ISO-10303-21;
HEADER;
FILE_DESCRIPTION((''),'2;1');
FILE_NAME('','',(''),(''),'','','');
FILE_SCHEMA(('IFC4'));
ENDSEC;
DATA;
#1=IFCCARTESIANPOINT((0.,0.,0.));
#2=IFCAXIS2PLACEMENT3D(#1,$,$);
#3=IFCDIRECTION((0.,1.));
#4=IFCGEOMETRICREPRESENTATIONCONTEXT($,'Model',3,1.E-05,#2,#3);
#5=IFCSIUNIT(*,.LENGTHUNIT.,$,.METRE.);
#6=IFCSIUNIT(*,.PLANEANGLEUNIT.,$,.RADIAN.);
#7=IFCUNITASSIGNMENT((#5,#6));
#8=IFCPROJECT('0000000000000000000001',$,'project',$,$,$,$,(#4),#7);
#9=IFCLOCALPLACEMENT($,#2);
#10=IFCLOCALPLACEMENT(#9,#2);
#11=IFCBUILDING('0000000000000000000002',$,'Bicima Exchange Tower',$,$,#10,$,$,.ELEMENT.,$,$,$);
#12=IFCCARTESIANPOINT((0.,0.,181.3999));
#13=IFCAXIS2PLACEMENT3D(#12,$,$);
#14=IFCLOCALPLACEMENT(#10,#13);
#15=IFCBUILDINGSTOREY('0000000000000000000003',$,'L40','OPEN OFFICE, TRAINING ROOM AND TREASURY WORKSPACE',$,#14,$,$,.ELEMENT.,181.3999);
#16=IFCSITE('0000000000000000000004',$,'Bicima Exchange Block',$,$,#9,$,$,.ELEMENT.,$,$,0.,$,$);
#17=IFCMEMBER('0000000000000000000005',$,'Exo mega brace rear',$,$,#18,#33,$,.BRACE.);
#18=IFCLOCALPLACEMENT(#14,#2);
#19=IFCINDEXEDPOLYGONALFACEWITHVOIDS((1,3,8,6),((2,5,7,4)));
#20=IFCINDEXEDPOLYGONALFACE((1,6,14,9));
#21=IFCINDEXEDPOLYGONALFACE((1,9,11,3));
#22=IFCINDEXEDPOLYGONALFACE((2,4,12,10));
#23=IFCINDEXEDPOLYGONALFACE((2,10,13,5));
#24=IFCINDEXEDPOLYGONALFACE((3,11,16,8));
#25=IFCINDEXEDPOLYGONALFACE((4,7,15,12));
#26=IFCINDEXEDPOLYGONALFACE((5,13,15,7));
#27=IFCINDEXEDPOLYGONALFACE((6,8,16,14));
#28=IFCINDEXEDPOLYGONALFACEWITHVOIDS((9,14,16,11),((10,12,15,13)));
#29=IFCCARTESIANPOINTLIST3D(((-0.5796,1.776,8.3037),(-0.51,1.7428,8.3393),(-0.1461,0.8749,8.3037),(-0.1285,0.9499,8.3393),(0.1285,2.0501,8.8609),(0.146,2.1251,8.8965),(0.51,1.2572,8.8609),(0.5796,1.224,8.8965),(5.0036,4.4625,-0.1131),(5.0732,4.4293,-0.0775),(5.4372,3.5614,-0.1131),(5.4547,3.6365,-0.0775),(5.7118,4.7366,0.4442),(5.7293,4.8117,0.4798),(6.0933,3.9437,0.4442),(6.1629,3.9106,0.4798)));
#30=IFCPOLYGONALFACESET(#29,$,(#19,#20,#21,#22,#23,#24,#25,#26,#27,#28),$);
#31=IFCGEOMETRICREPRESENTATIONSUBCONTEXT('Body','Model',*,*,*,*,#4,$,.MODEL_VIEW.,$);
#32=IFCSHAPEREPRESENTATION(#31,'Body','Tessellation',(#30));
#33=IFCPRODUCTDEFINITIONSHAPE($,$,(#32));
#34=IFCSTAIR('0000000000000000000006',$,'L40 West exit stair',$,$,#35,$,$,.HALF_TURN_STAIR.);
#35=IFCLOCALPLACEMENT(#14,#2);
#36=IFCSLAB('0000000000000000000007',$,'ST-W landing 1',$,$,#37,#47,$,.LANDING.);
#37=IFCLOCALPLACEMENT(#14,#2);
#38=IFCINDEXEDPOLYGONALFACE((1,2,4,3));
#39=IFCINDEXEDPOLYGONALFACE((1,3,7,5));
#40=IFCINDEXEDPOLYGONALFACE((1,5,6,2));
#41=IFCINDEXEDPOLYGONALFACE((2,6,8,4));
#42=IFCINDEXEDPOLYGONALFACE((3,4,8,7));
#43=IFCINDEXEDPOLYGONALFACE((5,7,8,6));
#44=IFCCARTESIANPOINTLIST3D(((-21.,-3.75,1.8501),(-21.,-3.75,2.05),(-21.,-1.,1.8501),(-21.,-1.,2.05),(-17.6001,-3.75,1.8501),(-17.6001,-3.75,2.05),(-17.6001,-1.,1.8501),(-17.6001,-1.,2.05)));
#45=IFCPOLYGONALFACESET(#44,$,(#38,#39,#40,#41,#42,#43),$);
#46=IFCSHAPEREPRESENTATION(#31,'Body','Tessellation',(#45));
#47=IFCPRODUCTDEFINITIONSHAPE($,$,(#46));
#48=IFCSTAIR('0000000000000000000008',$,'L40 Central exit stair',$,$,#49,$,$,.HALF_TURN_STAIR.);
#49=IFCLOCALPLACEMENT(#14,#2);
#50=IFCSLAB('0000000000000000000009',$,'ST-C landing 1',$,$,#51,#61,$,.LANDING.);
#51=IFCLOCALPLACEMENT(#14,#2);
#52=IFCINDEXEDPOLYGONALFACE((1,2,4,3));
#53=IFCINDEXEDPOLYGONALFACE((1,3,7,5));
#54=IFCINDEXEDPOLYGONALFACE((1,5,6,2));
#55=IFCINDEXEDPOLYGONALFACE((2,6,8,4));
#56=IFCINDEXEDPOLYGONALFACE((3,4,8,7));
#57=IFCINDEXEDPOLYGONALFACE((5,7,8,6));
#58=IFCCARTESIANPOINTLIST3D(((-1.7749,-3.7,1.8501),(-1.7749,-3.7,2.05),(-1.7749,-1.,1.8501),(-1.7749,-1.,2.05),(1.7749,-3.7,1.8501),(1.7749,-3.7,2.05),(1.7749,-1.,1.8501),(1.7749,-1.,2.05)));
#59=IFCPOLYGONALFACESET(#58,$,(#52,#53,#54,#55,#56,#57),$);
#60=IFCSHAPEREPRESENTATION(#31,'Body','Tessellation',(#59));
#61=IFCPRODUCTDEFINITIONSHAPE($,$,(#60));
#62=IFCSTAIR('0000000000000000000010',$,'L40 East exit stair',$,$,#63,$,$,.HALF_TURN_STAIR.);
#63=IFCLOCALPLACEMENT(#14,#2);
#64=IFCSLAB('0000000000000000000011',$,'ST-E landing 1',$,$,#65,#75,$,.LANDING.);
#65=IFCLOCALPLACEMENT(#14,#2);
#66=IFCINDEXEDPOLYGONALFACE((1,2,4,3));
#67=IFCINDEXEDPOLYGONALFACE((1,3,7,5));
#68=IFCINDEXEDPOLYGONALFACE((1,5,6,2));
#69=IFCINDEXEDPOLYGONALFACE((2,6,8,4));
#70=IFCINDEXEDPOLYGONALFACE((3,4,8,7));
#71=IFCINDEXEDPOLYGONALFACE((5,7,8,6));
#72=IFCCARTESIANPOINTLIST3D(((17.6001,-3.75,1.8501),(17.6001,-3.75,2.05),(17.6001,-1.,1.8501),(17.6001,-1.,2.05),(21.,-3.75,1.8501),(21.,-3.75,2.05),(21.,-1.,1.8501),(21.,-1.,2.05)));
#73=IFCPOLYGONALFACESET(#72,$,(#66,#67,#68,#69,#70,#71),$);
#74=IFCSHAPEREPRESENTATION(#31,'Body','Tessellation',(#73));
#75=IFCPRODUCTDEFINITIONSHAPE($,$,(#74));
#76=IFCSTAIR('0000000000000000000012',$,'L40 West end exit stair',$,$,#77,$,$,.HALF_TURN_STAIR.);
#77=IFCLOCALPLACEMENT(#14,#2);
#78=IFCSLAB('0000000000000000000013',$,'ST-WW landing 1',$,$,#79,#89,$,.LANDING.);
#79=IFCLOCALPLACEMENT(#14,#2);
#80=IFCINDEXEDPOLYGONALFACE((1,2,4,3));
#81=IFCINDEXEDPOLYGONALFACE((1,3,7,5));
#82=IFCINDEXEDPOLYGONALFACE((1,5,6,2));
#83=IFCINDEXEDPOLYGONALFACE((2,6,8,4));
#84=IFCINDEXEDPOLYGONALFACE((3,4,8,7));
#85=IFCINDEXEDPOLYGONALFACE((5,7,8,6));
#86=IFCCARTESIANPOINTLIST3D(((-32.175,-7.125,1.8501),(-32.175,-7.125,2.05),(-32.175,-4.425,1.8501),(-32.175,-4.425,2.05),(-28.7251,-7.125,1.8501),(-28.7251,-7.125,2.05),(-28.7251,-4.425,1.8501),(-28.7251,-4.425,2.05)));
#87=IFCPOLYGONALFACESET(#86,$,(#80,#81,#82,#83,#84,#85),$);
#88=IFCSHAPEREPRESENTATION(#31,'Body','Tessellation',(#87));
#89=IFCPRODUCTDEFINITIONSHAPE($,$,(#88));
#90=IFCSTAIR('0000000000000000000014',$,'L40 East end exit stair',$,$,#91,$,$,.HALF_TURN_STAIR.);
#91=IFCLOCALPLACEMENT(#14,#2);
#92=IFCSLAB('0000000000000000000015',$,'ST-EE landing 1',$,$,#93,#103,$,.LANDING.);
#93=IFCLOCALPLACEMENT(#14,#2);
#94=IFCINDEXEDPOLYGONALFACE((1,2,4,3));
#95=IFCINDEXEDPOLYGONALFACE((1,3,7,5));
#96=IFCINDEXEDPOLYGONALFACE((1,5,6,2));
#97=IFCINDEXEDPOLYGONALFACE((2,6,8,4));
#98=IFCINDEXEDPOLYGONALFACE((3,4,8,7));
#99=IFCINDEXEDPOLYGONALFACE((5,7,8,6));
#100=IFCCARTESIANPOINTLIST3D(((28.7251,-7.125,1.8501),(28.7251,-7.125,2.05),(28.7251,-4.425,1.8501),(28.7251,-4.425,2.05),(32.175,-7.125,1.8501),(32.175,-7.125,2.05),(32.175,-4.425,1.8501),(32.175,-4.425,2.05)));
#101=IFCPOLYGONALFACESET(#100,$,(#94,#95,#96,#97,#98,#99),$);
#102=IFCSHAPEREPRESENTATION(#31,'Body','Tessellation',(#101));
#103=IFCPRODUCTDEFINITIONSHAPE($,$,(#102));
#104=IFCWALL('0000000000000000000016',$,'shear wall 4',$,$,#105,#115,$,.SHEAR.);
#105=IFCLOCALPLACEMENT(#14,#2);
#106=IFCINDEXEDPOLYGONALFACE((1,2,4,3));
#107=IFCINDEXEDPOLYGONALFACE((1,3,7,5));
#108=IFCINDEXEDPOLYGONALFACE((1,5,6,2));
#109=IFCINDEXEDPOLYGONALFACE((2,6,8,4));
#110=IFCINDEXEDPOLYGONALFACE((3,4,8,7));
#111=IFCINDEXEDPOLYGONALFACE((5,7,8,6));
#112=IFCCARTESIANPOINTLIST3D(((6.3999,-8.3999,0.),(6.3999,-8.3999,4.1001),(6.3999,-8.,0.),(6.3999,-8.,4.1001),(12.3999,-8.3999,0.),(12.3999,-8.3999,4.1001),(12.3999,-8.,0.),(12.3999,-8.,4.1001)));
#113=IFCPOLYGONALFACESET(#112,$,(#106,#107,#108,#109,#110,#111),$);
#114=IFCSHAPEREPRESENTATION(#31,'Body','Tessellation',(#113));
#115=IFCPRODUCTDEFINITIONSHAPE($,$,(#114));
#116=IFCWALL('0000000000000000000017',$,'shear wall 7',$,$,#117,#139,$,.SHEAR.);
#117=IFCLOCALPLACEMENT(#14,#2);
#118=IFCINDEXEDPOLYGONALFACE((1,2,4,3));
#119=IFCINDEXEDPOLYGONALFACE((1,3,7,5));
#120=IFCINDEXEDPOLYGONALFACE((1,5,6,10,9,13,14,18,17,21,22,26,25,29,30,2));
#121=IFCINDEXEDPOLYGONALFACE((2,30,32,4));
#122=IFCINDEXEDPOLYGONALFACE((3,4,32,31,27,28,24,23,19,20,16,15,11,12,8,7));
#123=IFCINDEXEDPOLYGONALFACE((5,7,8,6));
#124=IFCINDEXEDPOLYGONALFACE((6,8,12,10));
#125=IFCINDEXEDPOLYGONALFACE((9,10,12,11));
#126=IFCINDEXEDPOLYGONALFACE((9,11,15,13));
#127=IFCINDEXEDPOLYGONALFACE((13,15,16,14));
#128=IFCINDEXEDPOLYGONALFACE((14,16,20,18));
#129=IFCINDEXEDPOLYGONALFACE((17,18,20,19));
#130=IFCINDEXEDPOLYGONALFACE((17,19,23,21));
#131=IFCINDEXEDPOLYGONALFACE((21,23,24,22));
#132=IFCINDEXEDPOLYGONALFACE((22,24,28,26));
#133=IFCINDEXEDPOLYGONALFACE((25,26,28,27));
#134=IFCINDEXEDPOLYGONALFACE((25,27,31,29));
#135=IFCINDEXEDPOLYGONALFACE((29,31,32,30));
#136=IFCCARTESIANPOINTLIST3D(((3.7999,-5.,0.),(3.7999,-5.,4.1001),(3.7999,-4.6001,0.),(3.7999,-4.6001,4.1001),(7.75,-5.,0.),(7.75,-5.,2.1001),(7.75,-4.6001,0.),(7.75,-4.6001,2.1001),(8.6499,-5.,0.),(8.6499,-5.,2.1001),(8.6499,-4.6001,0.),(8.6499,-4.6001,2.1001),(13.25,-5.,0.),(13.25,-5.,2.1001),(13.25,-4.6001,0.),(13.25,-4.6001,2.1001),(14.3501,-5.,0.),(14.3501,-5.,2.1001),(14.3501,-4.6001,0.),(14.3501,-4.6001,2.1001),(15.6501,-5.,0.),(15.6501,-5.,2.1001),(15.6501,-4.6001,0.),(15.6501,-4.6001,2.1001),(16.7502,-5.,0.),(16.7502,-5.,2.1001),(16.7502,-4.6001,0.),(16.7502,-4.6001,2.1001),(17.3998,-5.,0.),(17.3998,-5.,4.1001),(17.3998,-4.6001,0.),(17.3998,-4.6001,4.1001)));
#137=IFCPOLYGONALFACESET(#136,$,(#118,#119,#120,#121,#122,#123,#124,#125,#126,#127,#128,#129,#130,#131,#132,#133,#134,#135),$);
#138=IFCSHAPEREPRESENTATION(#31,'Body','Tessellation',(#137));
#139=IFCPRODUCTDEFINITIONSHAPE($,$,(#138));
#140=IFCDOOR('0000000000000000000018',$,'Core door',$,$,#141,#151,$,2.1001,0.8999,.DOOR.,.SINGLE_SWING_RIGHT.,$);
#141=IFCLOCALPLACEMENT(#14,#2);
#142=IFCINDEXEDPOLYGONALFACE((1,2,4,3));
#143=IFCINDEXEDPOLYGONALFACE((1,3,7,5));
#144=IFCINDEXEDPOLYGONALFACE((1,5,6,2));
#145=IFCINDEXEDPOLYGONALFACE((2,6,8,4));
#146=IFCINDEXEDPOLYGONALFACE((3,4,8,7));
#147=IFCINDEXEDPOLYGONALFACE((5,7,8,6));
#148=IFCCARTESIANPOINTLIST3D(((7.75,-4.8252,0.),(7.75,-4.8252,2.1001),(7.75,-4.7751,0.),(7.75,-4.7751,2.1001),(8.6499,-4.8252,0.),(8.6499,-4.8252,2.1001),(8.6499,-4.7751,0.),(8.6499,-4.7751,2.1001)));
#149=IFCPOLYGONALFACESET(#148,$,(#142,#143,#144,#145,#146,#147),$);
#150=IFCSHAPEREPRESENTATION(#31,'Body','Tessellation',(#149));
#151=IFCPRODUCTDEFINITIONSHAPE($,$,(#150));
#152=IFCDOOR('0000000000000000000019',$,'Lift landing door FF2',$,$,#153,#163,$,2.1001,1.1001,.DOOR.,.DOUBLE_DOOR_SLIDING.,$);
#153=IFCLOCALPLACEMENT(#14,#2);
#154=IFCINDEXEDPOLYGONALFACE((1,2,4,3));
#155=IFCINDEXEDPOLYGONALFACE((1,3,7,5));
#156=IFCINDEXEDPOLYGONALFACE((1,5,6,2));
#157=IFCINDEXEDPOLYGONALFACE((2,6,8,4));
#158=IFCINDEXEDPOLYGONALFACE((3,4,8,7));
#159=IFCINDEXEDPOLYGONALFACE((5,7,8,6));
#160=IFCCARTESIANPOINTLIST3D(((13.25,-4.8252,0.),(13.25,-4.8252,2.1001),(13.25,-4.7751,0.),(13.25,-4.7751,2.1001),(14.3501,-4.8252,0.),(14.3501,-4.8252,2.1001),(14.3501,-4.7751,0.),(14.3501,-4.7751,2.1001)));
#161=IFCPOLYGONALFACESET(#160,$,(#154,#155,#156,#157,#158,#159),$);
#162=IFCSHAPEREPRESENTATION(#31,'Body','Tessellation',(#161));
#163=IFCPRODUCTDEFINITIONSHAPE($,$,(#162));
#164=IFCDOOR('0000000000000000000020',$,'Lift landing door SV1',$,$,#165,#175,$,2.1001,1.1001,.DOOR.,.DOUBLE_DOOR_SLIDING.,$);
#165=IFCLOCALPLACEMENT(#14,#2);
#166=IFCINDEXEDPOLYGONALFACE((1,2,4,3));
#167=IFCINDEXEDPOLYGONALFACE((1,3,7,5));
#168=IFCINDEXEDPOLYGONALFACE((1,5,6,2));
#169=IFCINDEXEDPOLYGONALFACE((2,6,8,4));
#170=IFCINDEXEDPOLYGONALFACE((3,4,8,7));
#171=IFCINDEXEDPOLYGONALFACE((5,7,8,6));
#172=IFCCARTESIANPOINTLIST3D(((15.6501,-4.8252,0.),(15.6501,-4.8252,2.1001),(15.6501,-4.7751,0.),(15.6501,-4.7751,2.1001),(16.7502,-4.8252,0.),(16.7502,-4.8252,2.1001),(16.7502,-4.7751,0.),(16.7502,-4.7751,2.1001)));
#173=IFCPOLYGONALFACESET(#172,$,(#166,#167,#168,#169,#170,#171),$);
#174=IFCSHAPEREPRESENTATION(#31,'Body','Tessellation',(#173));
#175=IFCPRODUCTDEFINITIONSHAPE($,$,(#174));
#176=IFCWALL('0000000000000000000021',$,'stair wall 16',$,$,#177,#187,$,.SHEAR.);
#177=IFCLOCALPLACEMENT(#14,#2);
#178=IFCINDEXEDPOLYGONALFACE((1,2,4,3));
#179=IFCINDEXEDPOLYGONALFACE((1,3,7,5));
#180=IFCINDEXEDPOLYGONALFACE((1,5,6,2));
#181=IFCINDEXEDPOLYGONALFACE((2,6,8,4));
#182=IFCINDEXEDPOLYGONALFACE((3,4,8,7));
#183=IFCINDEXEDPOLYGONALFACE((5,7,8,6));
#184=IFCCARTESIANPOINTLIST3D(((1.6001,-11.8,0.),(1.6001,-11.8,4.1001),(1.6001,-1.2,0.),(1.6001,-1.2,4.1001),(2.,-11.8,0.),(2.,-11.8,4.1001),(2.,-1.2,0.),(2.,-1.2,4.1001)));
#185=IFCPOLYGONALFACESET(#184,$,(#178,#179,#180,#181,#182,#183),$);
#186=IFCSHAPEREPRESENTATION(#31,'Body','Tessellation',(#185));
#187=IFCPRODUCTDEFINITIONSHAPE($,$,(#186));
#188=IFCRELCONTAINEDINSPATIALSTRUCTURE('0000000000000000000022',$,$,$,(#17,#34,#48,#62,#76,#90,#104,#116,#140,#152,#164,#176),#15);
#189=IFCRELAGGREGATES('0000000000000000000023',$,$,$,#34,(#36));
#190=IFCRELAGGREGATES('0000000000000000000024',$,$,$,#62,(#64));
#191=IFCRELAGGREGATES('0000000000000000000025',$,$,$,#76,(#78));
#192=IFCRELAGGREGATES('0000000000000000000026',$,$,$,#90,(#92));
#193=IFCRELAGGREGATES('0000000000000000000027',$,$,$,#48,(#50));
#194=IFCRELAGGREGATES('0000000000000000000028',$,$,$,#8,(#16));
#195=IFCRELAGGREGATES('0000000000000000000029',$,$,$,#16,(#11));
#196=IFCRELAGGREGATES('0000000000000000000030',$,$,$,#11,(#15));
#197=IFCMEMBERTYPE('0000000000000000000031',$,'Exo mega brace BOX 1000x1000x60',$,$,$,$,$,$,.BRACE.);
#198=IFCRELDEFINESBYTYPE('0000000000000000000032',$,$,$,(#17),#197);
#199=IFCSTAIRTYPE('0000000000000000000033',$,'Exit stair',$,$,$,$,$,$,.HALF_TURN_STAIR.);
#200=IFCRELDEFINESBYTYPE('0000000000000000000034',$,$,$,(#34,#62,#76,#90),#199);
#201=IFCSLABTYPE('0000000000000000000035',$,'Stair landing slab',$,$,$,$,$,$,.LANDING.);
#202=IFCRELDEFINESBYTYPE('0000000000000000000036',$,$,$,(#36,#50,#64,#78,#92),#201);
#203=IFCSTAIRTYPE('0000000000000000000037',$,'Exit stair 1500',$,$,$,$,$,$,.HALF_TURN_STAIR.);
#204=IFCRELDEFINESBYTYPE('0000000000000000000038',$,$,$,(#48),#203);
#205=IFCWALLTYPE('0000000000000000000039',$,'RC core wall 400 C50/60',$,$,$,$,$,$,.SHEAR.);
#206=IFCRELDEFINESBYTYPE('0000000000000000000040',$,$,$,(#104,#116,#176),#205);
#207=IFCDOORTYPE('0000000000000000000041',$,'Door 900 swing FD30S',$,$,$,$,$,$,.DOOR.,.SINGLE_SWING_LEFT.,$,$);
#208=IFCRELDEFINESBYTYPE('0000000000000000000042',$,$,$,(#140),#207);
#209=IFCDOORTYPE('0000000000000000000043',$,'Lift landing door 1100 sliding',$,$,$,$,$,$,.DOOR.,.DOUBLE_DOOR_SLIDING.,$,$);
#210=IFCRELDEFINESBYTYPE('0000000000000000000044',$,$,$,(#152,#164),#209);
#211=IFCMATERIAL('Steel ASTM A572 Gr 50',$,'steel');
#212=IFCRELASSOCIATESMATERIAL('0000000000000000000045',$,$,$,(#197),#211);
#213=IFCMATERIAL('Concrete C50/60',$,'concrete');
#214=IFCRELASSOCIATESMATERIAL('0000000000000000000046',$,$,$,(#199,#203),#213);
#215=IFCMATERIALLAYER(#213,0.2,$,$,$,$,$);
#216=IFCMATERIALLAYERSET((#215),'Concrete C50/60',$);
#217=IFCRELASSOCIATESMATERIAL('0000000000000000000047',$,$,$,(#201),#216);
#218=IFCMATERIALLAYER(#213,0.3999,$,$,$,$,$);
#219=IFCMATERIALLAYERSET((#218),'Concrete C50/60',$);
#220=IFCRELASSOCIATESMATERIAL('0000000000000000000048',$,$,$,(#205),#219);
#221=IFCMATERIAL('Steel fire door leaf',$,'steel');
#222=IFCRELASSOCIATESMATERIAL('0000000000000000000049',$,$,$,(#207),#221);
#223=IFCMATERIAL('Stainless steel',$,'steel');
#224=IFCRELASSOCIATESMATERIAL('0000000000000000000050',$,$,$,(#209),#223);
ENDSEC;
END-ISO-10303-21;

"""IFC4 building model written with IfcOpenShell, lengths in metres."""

from ifc_helpers import new_model, si_unit, direction, frame, frame_2d, origin, origin_2d, place, context, subcontext, project, spatial, polyline, rectangle, hollow_rectangle, outline, extrude, material, layer, layer_set, material_profile, profile_set, type_object, element, fill, aggregate, save


model = new_model("IFC4")

# Units and contexts
model_context = context("Model", 3, precision=1e-05, world=origin(), true_north=direction((0.0, 1.0)))
body_context = subcontext(model_context, "Body", "Model", "MODEL_VIEW")
ifc_project = project(units=[si_unit("LENGTHUNIT", "METRE"), si_unit("PLANEANGLEUNIT", "RADIAN")], contexts=[model_context])

# Site, building, storey
site_placement = place(None, origin())
site = spatial("IfcSite", under=ifc_project, at=site_placement, Name="Bicima Exchange Block", CompositionType="ELEMENT", RefElevation=0.0)
building_placement = place(site_placement, origin())
building = spatial("IfcBuilding", under=site, at=building_placement, Name="Bicima Exchange Tower", CompositionType="ELEMENT")
storey_placement = place(building_placement, frame((0.0, 0.0, 181.3999)))
storey = spatial("IfcBuildingStorey", under=building, at=storey_placement, Name="L40", Description="OPEN OFFICE, TRAINING ROOM AND TREASURY WORKSPACE", CompositionType="ELEMENT", Elevation=181.3999)

# Member
ifc_material_1 = material(Name="Steel ASTM A572 Gr 50", Category="steel")
ifc_material_profile = material_profile(ifc_material_1, hollow_rectangle(XDim=1.0, YDim=1.0, WallThickness=0.0601, at=origin_2d()))
ifc_profile_set = profile_set([ifc_material_profile], Name="Steel ASTM A572 Gr 50")
member_type = type_object("IfcMemberType", Name="Exo mega brace BOX 1000x1000x60", PredefinedType="BRACE", material=ifc_profile_set)
member_placement = place(storey_placement, frame((5.5833, 4.1865, 0.1833), z_axis=(-0.534211, -0.257049, 0.805323), x_axis=(0.433592, -0.901109, 0.0)))
element("IfcMember", 1, at=member_placement, inside=storey, type_object=member_type, Name="Exo mega brace rear", PredefinedType="BRACE", context=body_context, shape_type="SweptSolid", body=[
    extrude(hollow_rectangle(XDim=1.0, YDim=1.0, WallThickness=0.0601, at=origin_2d()), origin(), (0.0, 0.0, 1.0), 10.4514),
])

# Stairs, slabs
ifc_material_2 = material(Name="Concrete C50/60", Category="concrete")
stair_type_1 = type_object("IfcStairType", Name="Exit stair", PredefinedType="HALF_TURN_STAIR", material=ifc_material_2)
stair_1_placement = place(storey_placement, origin())
stair_1 = element("IfcStair", 2, at=stair_1_placement, inside=storey, type_object=stair_type_1, Name="L40 West exit stair", PredefinedType="HALF_TURN_STAIR")
ifc_layer_1 = layer(ifc_material_2, 0.2)
ifc_layer_set_1 = layer_set([ifc_layer_1], Name="Concrete C50/60")
slab_type = type_object("IfcSlabType", Name="Stair landing slab", PredefinedType="LANDING", material=ifc_layer_set_1)
slab_1_placement = place(storey_placement, frame((0.0, 0.0, 1.8501)))
slab_1 = element("IfcSlab", 3, at=slab_1_placement, type_object=slab_type, Name="ST-W landing 1", PredefinedType="LANDING", context=body_context, shape_type="SweptSolid", body=[
    extrude(outline(polyline([(-17.6001, -3.75), (-17.6001, -1.0), (-21.0, -1.0), (-21.0, -3.75), (-17.6001, -3.75)])), origin(), (0.0, 0.0, 1.0), 0.2),
])
aggregate(stair_1, [slab_1])
stair_type_2 = type_object("IfcStairType", Name="Exit stair 1500", PredefinedType="HALF_TURN_STAIR", material=ifc_material_2)
stair_2_placement = place(storey_placement, origin())
stair_2 = element("IfcStair", 4, at=stair_2_placement, inside=storey, type_object=stair_type_2, Name="L40 Central exit stair", PredefinedType="HALF_TURN_STAIR")
slab_2_placement = place(storey_placement, frame((0.0, 0.0, 1.8501)))
slab_2 = element("IfcSlab", 5, at=slab_2_placement, type_object=slab_type, Name="ST-C landing 1", PredefinedType="LANDING", context=body_context, shape_type="SweptSolid", body=[
    extrude(outline(polyline([(1.7749, -3.7), (1.7749, -1.0), (-1.7749, -1.0), (-1.7749, -3.7), (1.7749, -3.7)])), origin(), (0.0, 0.0, 1.0), 0.2),
])
stair_3_placement = place(storey_placement, origin())
stair_3 = element("IfcStair", 6, at=stair_3_placement, inside=storey, type_object=stair_type_1, Name="L40 East exit stair", PredefinedType="HALF_TURN_STAIR")
slab_3_placement = place(storey_placement, frame((0.0, 0.0, 1.8501)))
slab_3 = element("IfcSlab", 7, at=slab_3_placement, type_object=slab_type, Name="ST-E landing 1", PredefinedType="LANDING", context=body_context, shape_type="SweptSolid", body=[
    extrude(outline(polyline([(21.0, -3.75), (21.0, -1.0), (17.6001, -1.0), (17.6001, -3.75), (21.0, -3.75)])), origin(), (0.0, 0.0, 1.0), 0.2),
])
aggregate(stair_3, [slab_3])
stair_4_placement = place(storey_placement, origin())
stair_4 = element("IfcStair", 8, at=stair_4_placement, inside=storey, type_object=stair_type_1, Name="L40 West end exit stair", PredefinedType="HALF_TURN_STAIR")
slab_4_placement = place(storey_placement, frame((0.0, 0.0, 1.8501)))
slab_4 = element("IfcSlab", 9, at=slab_4_placement, type_object=slab_type, Name="ST-WW landing 1", PredefinedType="LANDING", context=body_context, shape_type="SweptSolid", body=[
    extrude(outline(polyline([(-28.7251, -7.125), (-28.7251, -4.425), (-32.175, -4.425), (-32.175, -7.125), (-28.7251, -7.125)])), origin(), (0.0, 0.0, 1.0), 0.2),
])
aggregate(stair_4, [slab_4])
stair_5_placement = place(storey_placement, origin())
stair_5 = element("IfcStair", 10, at=stair_5_placement, inside=storey, type_object=stair_type_1, Name="L40 East end exit stair", PredefinedType="HALF_TURN_STAIR")
slab_5_placement = place(storey_placement, frame((0.0, 0.0, 1.8501)))
slab_5 = element("IfcSlab", 11, at=slab_5_placement, type_object=slab_type, Name="ST-EE landing 1", PredefinedType="LANDING", context=body_context, shape_type="SweptSolid", body=[
    extrude(outline(polyline([(32.175, -7.125), (32.175, -4.425), (28.7251, -4.425), (28.7251, -7.125), (32.175, -7.125)])), origin(), (0.0, 0.0, 1.0), 0.2),
])
aggregate(stair_5, [slab_5])

# Wall
ifc_layer_2 = layer(ifc_material_2, 0.3999)
ifc_layer_set_2 = layer_set([ifc_layer_2], Name="Concrete C50/60")
wall_type_1 = type_object("IfcWallType", Name="RC core wall 400 C50/60", PredefinedType="SHEAR", material=ifc_layer_set_2)
wall_1_placement = place(storey_placement, frame((6.3999, -8.2, 0.0), z_axis=(0.0, 0.0, 1.0), x_axis=(1.0, 0.0, 0.0)))
element("IfcWall", 12, at=wall_1_placement, inside=storey, type_object=wall_type_1, Name="shear wall 4", PredefinedType="SHEAR", context=body_context, shape_type="SweptSolid", body=[
    extrude(rectangle(XDim=6.0, YDim=0.3999, at=frame_2d((3.0, 0.0))), origin(), (0.0, 0.0, 1.0), 4.1001),
])

# Wall, openings, doors
wall_2_placement = place(storey_placement, frame((3.8, -4.8, 0.0), z_axis=(0.0, 0.0, 1.0), x_axis=(1.0, 0.0, 0.0)))
wall_2 = element("IfcWall", 13, at=wall_2_placement, inside=storey, type_object=wall_type_1, Name="shear wall 7", PredefinedType="SHEAR", context=body_context, shape_type="SweptSolid", body=[
    extrude(rectangle(XDim=13.5999, YDim=0.3999, at=frame_2d((6.7998, 0.0))), origin(), (0.0, 0.0, 1.0), 4.1001),
])
opening_1_placement = place(wall_2_placement, frame((9.45, 0.0, 0.0)))
opening_1 = element("IfcOpeningElement", 14, at=opening_1_placement, cuts=wall_2, PredefinedType="OPENING", context=body_context, shape_type="SweptSolid", body=[
    extrude(rectangle(XDim=1.1001, YDim=2.1001, at=frame_2d((0.55, 1.05))), frame((0.0, 0.2119, 0.0), z_axis=(0.0, -1.0, 0.0), x_axis=(1.0, 0.0, 0.0)), (0.0, 0.0, 1.0), 0.4238),
])
opening_2_placement = place(wall_2_placement, frame((11.8501, 0.0, 0.0)))
opening_2 = element("IfcOpeningElement", 15, at=opening_2_placement, cuts=wall_2, PredefinedType="OPENING", context=body_context, shape_type="SweptSolid", body=[
    extrude(rectangle(XDim=1.1001, YDim=2.1001, at=frame_2d((0.55, 1.05))), frame((0.0, 0.2119, 0.0), z_axis=(0.0, -1.0, 0.0), x_axis=(1.0, 0.0, 0.0)), (0.0, 0.0, 1.0), 0.4238),
])
opening_3_placement = place(wall_2_placement, frame((3.95, 0.0, 0.0)))
opening_3 = element("IfcOpeningElement", 16, at=opening_3_placement, cuts=wall_2, PredefinedType="OPENING", context=body_context, shape_type="SweptSolid", body=[
    extrude(rectangle(XDim=0.8999, YDim=2.1001, at=frame_2d((0.45, 1.05))), frame((0.0, 0.2119, 0.0), z_axis=(0.0, -1.0, 0.0), x_axis=(1.0, 0.0, 0.0)), (0.0, 0.0, 1.0), 0.4238),
])
ifc_material_3 = material(Name="Steel fire door leaf", Category="steel")
door_type_1 = type_object("IfcDoorType", Name="Door 900 swing FD30S", OperationType="SINGLE_SWING_LEFT", PredefinedType="DOOR", material=ifc_material_3)
door_1_placement = place(opening_3_placement, origin())
door_1 = element("IfcDoor", 17, at=door_1_placement, inside=storey, type_object=door_type_1, Name="Core door", OperationType="SINGLE_SWING_RIGHT", OverallHeight=2.1001, OverallWidth=0.8999, PredefinedType="DOOR", context=body_context, shape_type="SweptSolid", body=[
    extrude(rectangle(XDim=0.8999, YDim=2.1001, at=frame_2d((0.45, 1.05))), frame((0.0, 0.0249, 0.0), z_axis=(0.0, -1.0, 0.0), x_axis=(1.0, 0.0, 0.0)), (0.0, 0.0, 1.0), 0.05),
])
fill(opening_3, door_1)
ifc_material_4 = material(Name="Stainless steel", Category="steel")
door_type_2 = type_object("IfcDoorType", Name="Lift landing door 1100 sliding", OperationType="DOUBLE_DOOR_SLIDING", PredefinedType="DOOR", material=ifc_material_4)
door_2_placement = place(opening_1_placement, origin())
door_2 = element("IfcDoor", 18, at=door_2_placement, inside=storey, type_object=door_type_2, Name="Lift landing door FF2", OperationType="DOUBLE_DOOR_SLIDING", OverallHeight=2.1001, OverallWidth=1.1001, PredefinedType="DOOR", context=body_context, shape_type="SweptSolid", body=[
    extrude(rectangle(XDim=1.1001, YDim=2.1001, at=frame_2d((0.55, 1.05))), frame((0.0, 0.0249, 0.0), z_axis=(0.0, -1.0, 0.0), x_axis=(1.0, 0.0, 0.0)), (0.0, 0.0, 1.0), 0.05),
])
fill(opening_1, door_2)
door_3_placement = place(opening_2_placement, origin())
door_3 = element("IfcDoor", 19, at=door_3_placement, inside=storey, type_object=door_type_2, Name="Lift landing door SV1", OperationType="DOUBLE_DOOR_SLIDING", OverallHeight=2.1001, OverallWidth=1.1001, PredefinedType="DOOR", context=body_context, shape_type="SweptSolid", body=[
    extrude(rectangle(XDim=1.1001, YDim=2.1001, at=frame_2d((0.55, 1.05))), frame((0.0, 0.0249, 0.0), z_axis=(0.0, -1.0, 0.0), x_axis=(1.0, 0.0, 0.0)), (0.0, 0.0, 1.0), 0.05),
])
fill(opening_2, door_3)

# Wall
wall_3_placement = place(storey_placement, frame((1.8, -11.8, 0.0), z_axis=(0.0, 0.0, 1.0), x_axis=(0.0, 1.0, 0.0)))
element("IfcWall", 20, at=wall_3_placement, inside=storey, type_object=wall_type_1, Name="stair wall 16", PredefinedType="SHEAR", context=body_context, shape_type="SweptSolid", body=[
    extrude(rectangle(XDim=10.6001, YDim=0.3999, at=frame_2d((5.3, 0.0))), origin(), (0.0, 0.0, 1.0), 4.1001),
])

aggregate(stair_2, [slab_2])

save(model, "model.ifc")
